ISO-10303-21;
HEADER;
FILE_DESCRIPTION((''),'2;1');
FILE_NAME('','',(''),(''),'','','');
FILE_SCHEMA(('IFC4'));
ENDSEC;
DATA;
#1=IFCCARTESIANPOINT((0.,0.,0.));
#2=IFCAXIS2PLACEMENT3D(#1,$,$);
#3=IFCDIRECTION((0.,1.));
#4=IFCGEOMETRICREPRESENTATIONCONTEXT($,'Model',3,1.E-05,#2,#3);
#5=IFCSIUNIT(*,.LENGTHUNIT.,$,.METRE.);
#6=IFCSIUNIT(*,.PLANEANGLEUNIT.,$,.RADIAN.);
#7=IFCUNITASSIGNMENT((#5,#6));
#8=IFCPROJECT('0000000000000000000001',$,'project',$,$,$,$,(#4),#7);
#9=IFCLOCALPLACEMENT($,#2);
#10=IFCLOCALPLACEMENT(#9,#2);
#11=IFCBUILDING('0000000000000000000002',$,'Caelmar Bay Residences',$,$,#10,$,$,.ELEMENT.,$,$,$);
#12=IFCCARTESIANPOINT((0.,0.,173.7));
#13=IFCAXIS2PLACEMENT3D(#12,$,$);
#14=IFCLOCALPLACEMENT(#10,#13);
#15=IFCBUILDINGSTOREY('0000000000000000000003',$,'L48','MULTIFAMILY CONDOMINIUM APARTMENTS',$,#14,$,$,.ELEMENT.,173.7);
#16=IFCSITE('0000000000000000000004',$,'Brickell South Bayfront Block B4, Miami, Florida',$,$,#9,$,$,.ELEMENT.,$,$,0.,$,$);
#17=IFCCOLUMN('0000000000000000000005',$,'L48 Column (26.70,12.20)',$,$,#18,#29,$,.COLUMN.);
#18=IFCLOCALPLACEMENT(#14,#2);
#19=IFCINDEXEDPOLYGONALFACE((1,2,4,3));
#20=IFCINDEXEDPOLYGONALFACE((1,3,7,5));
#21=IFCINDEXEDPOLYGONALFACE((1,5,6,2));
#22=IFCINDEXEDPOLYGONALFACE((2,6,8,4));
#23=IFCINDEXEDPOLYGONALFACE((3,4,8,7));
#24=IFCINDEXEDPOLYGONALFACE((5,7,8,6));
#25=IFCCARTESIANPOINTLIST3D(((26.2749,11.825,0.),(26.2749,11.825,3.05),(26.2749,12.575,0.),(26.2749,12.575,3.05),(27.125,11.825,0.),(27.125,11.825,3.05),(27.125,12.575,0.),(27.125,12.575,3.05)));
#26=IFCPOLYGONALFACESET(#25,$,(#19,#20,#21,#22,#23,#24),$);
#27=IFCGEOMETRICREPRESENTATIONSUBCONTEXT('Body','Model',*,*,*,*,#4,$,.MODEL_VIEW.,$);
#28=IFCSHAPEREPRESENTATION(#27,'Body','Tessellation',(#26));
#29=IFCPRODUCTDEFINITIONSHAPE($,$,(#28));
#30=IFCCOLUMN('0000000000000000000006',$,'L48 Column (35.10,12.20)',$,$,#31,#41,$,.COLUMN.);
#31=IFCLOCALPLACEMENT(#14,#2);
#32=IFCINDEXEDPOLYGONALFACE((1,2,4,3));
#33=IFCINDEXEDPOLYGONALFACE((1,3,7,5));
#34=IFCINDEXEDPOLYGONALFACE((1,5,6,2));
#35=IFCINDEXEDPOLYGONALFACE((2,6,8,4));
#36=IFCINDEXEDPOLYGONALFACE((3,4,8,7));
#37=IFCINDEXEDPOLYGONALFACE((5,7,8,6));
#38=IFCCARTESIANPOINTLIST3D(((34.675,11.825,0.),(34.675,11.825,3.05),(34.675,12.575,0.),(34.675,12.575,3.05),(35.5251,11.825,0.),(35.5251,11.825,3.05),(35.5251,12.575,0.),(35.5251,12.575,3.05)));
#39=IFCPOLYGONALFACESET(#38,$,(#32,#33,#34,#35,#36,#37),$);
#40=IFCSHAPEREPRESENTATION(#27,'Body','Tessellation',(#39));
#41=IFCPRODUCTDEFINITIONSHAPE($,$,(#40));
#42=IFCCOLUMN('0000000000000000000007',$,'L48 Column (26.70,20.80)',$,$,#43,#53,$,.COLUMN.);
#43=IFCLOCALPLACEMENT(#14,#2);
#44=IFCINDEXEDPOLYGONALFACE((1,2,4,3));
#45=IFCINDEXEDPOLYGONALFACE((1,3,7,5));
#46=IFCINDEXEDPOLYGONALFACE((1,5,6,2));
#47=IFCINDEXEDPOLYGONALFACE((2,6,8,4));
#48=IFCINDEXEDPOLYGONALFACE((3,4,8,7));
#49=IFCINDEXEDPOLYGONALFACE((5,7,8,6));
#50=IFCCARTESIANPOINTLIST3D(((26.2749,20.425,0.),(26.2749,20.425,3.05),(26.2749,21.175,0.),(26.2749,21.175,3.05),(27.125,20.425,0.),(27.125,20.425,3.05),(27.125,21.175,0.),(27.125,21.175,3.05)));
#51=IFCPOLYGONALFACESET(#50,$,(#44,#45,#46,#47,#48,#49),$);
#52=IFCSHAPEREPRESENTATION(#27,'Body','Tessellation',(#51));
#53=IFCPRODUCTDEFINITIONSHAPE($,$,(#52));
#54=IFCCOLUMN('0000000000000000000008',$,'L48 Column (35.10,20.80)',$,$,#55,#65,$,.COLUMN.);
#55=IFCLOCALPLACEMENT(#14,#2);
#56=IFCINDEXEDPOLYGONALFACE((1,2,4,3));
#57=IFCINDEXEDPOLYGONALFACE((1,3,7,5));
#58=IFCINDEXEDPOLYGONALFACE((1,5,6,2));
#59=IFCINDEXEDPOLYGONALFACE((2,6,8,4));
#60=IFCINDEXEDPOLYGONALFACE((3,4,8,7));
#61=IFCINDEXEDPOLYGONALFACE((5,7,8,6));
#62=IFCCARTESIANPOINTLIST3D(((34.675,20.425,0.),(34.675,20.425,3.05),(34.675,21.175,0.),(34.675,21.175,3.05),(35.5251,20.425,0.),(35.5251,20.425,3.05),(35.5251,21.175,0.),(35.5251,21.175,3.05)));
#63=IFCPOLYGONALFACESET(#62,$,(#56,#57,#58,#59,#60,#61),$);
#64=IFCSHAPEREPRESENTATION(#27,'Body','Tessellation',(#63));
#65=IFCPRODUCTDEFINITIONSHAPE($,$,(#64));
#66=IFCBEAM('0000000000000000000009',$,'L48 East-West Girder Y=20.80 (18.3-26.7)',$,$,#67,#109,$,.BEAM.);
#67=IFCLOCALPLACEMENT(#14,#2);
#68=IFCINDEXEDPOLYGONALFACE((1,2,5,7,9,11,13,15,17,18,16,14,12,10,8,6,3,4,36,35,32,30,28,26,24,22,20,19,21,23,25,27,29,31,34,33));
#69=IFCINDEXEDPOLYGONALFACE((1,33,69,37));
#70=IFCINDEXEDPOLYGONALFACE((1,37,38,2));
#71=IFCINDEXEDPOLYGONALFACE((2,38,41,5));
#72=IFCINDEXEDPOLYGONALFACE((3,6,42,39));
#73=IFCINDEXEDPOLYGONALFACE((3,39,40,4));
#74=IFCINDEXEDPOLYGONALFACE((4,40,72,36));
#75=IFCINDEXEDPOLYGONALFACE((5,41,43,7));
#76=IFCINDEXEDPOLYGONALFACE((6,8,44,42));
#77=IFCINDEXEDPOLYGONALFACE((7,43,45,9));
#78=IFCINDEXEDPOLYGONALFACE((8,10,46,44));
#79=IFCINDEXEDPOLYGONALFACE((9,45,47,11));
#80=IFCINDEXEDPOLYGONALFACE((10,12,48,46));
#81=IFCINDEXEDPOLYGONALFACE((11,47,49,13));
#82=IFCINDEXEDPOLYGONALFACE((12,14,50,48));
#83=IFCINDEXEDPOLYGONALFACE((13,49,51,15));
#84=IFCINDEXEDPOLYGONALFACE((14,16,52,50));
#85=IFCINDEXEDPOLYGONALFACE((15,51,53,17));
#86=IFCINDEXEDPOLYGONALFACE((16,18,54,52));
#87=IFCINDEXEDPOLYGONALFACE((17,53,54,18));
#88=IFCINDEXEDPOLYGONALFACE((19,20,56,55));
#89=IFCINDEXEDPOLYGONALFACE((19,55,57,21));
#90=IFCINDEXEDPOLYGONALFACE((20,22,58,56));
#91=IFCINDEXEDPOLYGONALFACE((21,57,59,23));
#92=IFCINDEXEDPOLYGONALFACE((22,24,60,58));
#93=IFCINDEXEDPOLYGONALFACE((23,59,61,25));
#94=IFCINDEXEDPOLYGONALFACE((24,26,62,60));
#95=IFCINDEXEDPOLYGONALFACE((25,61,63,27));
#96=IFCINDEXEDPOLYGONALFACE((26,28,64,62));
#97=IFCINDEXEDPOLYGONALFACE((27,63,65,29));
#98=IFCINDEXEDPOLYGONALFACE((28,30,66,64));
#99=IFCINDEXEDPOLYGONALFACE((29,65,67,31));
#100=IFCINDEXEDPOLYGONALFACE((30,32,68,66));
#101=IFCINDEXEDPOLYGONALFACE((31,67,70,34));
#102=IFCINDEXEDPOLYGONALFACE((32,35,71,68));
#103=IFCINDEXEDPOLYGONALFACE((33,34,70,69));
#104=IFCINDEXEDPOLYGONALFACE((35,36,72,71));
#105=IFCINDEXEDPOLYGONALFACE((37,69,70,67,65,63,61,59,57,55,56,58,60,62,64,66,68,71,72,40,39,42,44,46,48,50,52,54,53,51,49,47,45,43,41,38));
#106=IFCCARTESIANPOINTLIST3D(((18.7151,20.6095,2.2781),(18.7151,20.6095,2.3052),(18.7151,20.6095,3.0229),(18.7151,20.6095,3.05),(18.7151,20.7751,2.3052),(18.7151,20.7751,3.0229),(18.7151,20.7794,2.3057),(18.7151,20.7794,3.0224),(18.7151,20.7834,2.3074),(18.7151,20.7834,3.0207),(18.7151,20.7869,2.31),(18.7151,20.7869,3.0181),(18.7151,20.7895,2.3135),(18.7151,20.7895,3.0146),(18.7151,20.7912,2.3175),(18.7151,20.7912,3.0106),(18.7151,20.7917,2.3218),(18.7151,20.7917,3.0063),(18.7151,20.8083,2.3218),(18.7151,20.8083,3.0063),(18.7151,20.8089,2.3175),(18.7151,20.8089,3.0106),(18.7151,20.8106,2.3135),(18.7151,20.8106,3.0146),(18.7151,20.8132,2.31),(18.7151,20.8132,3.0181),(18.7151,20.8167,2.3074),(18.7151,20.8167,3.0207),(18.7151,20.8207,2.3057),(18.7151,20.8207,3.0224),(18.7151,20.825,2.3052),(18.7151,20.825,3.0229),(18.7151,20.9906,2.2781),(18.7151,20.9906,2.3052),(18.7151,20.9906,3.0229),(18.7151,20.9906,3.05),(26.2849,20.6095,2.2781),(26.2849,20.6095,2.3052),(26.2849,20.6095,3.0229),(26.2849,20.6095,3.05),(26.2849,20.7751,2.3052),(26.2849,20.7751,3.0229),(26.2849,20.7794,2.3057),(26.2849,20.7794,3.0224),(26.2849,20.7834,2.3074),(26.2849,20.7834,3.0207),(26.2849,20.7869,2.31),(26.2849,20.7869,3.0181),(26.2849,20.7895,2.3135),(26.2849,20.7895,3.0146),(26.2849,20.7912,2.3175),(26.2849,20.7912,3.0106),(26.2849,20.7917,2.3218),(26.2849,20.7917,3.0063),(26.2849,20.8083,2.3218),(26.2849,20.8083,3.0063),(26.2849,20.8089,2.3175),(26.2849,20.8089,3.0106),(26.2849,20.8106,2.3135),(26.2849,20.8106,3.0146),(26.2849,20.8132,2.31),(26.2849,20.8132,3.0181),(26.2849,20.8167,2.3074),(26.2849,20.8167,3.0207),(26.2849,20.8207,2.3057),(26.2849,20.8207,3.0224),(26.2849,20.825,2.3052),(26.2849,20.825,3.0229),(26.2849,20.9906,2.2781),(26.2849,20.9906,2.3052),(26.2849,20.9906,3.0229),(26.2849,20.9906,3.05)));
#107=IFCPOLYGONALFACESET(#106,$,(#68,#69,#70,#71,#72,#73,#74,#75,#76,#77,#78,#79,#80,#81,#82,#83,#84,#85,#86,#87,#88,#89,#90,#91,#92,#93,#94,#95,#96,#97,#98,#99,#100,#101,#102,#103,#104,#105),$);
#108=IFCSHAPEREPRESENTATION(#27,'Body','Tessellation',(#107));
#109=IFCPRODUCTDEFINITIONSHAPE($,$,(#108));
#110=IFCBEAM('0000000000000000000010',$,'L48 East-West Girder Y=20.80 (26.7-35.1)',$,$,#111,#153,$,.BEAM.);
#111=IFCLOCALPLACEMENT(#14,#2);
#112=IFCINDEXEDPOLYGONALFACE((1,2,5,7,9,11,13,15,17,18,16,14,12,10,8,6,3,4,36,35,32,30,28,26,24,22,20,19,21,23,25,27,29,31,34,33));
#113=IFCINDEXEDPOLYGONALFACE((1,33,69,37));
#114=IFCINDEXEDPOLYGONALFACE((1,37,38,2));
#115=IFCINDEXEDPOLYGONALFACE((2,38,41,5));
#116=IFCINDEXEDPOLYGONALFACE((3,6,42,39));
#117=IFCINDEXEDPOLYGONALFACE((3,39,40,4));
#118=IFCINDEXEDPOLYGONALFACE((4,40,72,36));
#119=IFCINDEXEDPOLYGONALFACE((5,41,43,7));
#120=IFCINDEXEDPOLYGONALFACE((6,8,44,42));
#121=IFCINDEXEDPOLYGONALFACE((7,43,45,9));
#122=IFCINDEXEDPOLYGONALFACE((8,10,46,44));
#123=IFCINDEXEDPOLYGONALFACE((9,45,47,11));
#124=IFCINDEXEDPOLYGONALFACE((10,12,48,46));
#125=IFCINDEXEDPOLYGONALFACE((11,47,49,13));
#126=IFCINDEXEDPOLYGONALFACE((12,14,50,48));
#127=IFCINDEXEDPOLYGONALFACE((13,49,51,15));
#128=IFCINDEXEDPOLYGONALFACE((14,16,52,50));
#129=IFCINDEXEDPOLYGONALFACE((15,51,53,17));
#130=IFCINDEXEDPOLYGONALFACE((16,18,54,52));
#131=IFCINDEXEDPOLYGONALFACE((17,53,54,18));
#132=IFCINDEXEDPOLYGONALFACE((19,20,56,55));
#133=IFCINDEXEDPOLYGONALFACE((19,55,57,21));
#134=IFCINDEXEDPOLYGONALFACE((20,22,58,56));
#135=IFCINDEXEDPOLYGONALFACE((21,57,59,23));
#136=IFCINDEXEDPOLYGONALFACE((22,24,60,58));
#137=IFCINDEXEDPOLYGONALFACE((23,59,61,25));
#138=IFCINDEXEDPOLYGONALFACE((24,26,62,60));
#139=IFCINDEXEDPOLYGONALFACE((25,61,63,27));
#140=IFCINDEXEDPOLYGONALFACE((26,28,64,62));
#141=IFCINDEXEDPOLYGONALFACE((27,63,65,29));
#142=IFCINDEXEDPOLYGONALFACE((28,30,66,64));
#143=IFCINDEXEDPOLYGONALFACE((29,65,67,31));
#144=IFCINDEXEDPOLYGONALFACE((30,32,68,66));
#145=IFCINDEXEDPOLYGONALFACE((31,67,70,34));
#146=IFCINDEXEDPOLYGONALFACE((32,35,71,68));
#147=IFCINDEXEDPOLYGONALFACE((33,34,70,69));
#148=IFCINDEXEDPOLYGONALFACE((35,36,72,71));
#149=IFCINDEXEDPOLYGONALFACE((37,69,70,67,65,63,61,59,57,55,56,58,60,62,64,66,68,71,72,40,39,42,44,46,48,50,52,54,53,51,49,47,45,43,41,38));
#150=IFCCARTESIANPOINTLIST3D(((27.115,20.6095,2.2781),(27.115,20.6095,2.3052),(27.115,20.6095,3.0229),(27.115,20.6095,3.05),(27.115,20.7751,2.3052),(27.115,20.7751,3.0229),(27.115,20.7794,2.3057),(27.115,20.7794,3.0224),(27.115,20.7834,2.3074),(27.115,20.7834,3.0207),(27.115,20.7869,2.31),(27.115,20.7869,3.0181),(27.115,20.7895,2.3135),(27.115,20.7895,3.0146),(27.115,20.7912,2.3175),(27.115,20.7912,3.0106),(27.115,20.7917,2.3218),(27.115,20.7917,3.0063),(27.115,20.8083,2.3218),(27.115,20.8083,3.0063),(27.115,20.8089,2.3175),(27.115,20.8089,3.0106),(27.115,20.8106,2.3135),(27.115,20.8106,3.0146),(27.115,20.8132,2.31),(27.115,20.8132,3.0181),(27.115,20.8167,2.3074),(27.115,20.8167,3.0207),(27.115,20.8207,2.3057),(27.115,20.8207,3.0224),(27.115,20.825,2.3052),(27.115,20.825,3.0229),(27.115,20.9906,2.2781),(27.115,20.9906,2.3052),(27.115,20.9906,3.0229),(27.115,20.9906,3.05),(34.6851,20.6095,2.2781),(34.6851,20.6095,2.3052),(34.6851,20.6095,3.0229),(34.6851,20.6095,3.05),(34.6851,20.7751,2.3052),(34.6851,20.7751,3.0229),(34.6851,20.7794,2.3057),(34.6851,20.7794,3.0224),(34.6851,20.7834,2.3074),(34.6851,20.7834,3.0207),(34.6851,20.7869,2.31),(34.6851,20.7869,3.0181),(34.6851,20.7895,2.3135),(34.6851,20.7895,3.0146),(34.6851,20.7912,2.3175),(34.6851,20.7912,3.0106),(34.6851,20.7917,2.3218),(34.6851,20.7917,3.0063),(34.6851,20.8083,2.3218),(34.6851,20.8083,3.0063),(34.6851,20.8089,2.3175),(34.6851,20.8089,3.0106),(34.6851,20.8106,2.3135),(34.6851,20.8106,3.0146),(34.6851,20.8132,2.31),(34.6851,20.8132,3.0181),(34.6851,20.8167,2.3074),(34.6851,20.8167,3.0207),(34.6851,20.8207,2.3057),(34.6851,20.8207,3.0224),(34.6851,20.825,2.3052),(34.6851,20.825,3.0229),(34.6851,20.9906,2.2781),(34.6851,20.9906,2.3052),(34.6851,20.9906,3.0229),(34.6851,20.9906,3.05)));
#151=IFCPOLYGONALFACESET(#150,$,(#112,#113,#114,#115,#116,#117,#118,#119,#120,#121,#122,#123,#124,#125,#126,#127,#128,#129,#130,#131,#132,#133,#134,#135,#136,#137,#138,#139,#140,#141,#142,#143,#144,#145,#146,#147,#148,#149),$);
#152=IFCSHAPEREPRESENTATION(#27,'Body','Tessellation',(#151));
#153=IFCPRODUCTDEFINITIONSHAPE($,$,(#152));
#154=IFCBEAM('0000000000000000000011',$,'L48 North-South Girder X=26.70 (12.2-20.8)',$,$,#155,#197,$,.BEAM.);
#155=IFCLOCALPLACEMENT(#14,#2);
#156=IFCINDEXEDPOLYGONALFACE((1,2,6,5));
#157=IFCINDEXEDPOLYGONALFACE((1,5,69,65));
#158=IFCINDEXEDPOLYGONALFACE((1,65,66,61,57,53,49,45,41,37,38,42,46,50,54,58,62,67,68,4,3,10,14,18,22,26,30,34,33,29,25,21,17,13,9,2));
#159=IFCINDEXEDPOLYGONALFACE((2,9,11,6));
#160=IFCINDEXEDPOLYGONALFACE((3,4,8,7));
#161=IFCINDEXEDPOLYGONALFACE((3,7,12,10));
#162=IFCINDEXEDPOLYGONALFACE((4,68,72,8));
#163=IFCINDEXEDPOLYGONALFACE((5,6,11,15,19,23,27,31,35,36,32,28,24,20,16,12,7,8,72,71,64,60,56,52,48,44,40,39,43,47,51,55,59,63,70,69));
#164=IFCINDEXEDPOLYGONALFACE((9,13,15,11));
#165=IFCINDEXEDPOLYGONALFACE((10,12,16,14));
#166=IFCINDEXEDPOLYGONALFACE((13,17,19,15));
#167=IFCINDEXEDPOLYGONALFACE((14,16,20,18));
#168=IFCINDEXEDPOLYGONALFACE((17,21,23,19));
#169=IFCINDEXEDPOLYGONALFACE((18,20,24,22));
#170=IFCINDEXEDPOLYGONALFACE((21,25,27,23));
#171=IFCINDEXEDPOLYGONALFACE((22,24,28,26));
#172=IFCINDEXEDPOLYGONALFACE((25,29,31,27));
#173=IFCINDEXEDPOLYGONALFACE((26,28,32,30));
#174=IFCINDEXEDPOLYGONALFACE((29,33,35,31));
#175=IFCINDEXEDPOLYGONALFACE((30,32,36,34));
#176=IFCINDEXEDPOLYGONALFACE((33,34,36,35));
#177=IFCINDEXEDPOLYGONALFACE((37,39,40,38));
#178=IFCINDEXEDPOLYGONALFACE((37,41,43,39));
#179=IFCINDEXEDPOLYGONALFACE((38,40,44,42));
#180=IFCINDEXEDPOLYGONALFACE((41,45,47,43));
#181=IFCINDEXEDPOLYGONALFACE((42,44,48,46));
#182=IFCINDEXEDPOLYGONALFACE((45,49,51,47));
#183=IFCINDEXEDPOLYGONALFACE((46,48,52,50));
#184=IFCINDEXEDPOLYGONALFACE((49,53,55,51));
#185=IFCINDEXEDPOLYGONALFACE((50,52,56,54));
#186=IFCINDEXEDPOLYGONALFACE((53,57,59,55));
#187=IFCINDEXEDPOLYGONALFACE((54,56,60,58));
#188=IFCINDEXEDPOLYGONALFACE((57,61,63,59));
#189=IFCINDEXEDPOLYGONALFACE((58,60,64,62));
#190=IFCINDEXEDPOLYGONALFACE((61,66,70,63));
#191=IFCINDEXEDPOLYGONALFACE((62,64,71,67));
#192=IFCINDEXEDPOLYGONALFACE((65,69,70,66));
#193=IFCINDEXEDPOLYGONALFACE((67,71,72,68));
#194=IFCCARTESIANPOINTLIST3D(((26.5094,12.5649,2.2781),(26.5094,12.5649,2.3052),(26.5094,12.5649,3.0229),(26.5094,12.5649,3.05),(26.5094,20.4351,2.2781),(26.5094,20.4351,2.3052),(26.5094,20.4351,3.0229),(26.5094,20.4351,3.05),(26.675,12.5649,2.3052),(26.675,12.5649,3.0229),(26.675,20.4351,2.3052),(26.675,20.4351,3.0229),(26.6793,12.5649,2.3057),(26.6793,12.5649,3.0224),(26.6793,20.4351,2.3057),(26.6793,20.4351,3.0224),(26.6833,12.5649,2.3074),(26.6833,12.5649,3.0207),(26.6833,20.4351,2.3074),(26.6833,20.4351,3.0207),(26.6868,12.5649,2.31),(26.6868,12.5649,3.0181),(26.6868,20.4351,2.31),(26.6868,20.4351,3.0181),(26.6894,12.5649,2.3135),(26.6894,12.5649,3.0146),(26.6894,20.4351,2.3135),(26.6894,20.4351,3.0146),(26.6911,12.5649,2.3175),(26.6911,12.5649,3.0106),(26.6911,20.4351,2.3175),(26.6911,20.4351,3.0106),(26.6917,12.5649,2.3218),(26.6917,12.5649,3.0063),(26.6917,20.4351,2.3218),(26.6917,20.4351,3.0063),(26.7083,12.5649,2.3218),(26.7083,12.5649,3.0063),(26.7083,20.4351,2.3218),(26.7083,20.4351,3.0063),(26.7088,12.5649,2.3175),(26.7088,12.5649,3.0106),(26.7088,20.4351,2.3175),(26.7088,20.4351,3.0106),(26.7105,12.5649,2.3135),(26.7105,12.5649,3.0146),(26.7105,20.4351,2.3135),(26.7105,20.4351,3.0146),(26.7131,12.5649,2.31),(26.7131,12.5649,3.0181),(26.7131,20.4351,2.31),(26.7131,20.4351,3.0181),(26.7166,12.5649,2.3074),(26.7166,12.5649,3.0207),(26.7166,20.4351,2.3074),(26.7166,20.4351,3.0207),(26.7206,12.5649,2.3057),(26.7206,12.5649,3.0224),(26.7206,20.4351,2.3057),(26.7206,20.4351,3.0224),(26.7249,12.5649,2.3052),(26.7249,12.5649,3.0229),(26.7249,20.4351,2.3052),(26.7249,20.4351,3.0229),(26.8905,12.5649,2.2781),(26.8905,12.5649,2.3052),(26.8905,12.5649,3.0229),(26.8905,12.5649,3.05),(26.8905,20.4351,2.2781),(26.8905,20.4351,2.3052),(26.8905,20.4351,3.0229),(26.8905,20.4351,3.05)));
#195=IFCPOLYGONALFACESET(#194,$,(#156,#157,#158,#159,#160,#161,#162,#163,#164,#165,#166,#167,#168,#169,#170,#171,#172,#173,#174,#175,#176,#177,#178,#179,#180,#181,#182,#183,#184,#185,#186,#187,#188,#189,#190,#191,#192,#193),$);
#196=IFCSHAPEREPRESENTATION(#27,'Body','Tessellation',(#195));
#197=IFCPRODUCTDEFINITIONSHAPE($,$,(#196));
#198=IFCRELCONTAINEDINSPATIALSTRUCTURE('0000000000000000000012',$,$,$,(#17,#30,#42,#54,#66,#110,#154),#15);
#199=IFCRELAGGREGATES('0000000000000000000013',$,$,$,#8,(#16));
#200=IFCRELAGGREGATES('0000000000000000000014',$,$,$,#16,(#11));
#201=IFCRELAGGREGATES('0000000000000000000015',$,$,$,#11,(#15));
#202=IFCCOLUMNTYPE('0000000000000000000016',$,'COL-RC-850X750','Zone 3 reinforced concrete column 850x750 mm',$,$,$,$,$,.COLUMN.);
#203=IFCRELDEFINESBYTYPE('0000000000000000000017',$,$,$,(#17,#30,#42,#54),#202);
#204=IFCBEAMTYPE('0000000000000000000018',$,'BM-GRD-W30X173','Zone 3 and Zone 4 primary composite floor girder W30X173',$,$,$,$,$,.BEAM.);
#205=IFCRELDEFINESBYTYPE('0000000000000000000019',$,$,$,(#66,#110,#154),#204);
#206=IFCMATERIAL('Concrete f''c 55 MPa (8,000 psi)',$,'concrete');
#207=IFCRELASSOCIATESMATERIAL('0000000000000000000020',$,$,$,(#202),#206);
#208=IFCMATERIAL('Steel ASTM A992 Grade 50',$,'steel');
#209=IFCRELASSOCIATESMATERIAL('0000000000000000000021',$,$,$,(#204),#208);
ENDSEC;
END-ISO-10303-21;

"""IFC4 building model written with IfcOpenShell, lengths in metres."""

from ifc_helpers import new_model, si_unit, direction, frame, origin, origin_2d, place, context, subcontext, project, spatial, rectangle, i_section, extrude, material, material_profile, profile_set, type_object, element, save


model = new_model("IFC4")

# Units and contexts
model_context = context("Model", 3, precision=1e-05, world=origin(), true_north=direction((0.0, 1.0)))
body_context = subcontext(model_context, "Body", "Model", "MODEL_VIEW")
ifc_project = project(units=[si_unit("LENGTHUNIT", "METRE"), si_unit("PLANEANGLEUNIT", "RADIAN")], contexts=[model_context])

# Site, building, storey
site_placement = place(None, origin())
site = spatial("IfcSite", under=ifc_project, at=site_placement, Name="Brickell South Bayfront Block B4, Miami, Florida", CompositionType="ELEMENT", RefElevation=0.0)
building_placement = place(site_placement, origin())
building = spatial("IfcBuilding", under=site, at=building_placement, Name="Caelmar Bay Residences", CompositionType="ELEMENT")
storey_placement = place(building_placement, frame((0.0, 0.0, 173.7)))
storey = spatial("IfcBuildingStorey", under=building, at=storey_placement, Name="L48", Description="MULTIFAMILY CONDOMINIUM APARTMENTS", CompositionType="ELEMENT", Elevation=173.7)

# Columns
ifc_material_1 = material(Name="Concrete f'c 55 MPa (8,000 psi)", Category="concrete")
ifc_material_profile_1 = material_profile(ifc_material_1, rectangle(XDim=0.8501, YDim=0.75, at=origin_2d()), Name="RC-COL-850X750")
ifc_profile_set_1 = profile_set([ifc_material_profile_1], Name="Concrete f'c 55 MPa (8,000 psi)")
column_type = type_object("IfcColumnType", Name="COL-RC-850X750", Description="Zone 3 reinforced concrete column 850x750 mm", PredefinedType="COLUMN", material=ifc_profile_set_1)
for number, where, z_axis, x_axis, name in (
    (1, (26.7, 12.2, 0.0), (0.0, 0.0, 1.0), (1.0, 0.0, 0.0), "L48 Column (26.70,12.20)"),
    (2, (35.1001, 12.2, 0.0), (0.0, 0.0, 1.0), (1.0, 0.0, 0.0), "L48 Column (35.10,12.20)"),
    (3, (26.7, 20.8, 0.0), (0.0, 0.0, 1.0), (1.0, 0.0, 0.0), "L48 Column (26.70,20.80)"),
    (4, (35.1001, 20.8, 0.0), (0.0, 0.0, 1.0), (1.0, 0.0, 0.0), "L48 Column (35.10,20.80)"),
):
    element("IfcColumn", number, at=place(storey_placement, frame(where, z_axis=z_axis, x_axis=x_axis)), inside=storey, type_object=column_type, Name=name, PredefinedType="COLUMN", context=body_context, shape_type="SweptSolid", body=[
        extrude(rectangle(XDim=0.8501, YDim=0.75, at=origin_2d()), origin(), (0.0, 0.0, 1.0), 3.05),
    ])

# Beams
ifc_material_2 = material(Name="Steel ASTM A992 Grade 50", Category="steel")
ifc_material_profile_2 = material_profile(ifc_material_2, i_section(OverallWidth=0.3811, OverallDepth=0.772, WebThickness=0.0166, FlangeThickness=0.0271, FilletRadius=0.0166, at=origin_2d()), Name="W30X173")
ifc_profile_set_2 = profile_set([ifc_material_profile_2], Name="Steel ASTM A992 Grade 50")
beam_type_1 = type_object("IfcBeamType", Name="BM-GRD-W30X173", Description="Zone 3 and Zone 4 primary composite floor girder W30X173", PredefinedType="BEAM", material=ifc_profile_set_2)
beam_1_placement = place(storey_placement, frame((18.7151, 20.8, 2.6641), z_axis=(1.0, 0.0, 0.0), x_axis=(0.0, 1.0, 0.0)))
element("IfcBeam", 5, at=beam_1_placement, inside=storey, type_object=beam_type_1, Name="L48 East-West Girder Y=20.80 (18.3-26.7)", PredefinedType="BEAM", context=body_context, shape_type="SweptSolid", body=[
    extrude(i_section(OverallWidth=0.3811, OverallDepth=0.772, WebThickness=0.0166, FlangeThickness=0.0271, FilletRadius=0.0166, at=origin_2d()), origin(), (0.0, 0.0, 1.0), 7.5698),
])
beam_2_placement = place(storey_placement, frame((27.115, 20.8, 2.6641), z_axis=(1.0, 0.0, 0.0), x_axis=(0.0, 1.0, 0.0)))
element("IfcBeam", 6, at=beam_2_placement, inside=storey, type_object=beam_type_1, Name="L48 East-West Girder Y=20.80 (26.7-35.1)", PredefinedType="BEAM", context=body_context, shape_type="SweptSolid", body=[
    extrude(i_section(OverallWidth=0.3811, OverallDepth=0.772, WebThickness=0.0166, FlangeThickness=0.0271, FilletRadius=0.0166, at=origin_2d()), origin(), (0.0, 0.0, 1.0), 7.5701),
])
for number, where, z_axis, x_axis, name in (
    (7, (26.7, 12.5649, 2.6641), (0.0, 1.0, 0.0), (-1.0, 0.0, 0.0), "L48 North-South Girder X=26.70 (12.2-20.8)"),
):
    element("IfcBeam", number, at=place(storey_placement, frame(where, z_axis=z_axis, x_axis=x_axis)), inside=storey, type_object=beam_type_1, Name=name, PredefinedType="BEAM", context=body_context, shape_type="SweptSolid", body=[
        extrude(i_section(OverallWidth=0.3811, OverallDepth=0.772, WebThickness=0.0166, FlangeThickness=0.0271, FilletRadius=0.0166, at=origin_2d()), origin(), (0.0, 0.0, 1.0), 7.8701),
    ])

save(model, "model.ifc")
